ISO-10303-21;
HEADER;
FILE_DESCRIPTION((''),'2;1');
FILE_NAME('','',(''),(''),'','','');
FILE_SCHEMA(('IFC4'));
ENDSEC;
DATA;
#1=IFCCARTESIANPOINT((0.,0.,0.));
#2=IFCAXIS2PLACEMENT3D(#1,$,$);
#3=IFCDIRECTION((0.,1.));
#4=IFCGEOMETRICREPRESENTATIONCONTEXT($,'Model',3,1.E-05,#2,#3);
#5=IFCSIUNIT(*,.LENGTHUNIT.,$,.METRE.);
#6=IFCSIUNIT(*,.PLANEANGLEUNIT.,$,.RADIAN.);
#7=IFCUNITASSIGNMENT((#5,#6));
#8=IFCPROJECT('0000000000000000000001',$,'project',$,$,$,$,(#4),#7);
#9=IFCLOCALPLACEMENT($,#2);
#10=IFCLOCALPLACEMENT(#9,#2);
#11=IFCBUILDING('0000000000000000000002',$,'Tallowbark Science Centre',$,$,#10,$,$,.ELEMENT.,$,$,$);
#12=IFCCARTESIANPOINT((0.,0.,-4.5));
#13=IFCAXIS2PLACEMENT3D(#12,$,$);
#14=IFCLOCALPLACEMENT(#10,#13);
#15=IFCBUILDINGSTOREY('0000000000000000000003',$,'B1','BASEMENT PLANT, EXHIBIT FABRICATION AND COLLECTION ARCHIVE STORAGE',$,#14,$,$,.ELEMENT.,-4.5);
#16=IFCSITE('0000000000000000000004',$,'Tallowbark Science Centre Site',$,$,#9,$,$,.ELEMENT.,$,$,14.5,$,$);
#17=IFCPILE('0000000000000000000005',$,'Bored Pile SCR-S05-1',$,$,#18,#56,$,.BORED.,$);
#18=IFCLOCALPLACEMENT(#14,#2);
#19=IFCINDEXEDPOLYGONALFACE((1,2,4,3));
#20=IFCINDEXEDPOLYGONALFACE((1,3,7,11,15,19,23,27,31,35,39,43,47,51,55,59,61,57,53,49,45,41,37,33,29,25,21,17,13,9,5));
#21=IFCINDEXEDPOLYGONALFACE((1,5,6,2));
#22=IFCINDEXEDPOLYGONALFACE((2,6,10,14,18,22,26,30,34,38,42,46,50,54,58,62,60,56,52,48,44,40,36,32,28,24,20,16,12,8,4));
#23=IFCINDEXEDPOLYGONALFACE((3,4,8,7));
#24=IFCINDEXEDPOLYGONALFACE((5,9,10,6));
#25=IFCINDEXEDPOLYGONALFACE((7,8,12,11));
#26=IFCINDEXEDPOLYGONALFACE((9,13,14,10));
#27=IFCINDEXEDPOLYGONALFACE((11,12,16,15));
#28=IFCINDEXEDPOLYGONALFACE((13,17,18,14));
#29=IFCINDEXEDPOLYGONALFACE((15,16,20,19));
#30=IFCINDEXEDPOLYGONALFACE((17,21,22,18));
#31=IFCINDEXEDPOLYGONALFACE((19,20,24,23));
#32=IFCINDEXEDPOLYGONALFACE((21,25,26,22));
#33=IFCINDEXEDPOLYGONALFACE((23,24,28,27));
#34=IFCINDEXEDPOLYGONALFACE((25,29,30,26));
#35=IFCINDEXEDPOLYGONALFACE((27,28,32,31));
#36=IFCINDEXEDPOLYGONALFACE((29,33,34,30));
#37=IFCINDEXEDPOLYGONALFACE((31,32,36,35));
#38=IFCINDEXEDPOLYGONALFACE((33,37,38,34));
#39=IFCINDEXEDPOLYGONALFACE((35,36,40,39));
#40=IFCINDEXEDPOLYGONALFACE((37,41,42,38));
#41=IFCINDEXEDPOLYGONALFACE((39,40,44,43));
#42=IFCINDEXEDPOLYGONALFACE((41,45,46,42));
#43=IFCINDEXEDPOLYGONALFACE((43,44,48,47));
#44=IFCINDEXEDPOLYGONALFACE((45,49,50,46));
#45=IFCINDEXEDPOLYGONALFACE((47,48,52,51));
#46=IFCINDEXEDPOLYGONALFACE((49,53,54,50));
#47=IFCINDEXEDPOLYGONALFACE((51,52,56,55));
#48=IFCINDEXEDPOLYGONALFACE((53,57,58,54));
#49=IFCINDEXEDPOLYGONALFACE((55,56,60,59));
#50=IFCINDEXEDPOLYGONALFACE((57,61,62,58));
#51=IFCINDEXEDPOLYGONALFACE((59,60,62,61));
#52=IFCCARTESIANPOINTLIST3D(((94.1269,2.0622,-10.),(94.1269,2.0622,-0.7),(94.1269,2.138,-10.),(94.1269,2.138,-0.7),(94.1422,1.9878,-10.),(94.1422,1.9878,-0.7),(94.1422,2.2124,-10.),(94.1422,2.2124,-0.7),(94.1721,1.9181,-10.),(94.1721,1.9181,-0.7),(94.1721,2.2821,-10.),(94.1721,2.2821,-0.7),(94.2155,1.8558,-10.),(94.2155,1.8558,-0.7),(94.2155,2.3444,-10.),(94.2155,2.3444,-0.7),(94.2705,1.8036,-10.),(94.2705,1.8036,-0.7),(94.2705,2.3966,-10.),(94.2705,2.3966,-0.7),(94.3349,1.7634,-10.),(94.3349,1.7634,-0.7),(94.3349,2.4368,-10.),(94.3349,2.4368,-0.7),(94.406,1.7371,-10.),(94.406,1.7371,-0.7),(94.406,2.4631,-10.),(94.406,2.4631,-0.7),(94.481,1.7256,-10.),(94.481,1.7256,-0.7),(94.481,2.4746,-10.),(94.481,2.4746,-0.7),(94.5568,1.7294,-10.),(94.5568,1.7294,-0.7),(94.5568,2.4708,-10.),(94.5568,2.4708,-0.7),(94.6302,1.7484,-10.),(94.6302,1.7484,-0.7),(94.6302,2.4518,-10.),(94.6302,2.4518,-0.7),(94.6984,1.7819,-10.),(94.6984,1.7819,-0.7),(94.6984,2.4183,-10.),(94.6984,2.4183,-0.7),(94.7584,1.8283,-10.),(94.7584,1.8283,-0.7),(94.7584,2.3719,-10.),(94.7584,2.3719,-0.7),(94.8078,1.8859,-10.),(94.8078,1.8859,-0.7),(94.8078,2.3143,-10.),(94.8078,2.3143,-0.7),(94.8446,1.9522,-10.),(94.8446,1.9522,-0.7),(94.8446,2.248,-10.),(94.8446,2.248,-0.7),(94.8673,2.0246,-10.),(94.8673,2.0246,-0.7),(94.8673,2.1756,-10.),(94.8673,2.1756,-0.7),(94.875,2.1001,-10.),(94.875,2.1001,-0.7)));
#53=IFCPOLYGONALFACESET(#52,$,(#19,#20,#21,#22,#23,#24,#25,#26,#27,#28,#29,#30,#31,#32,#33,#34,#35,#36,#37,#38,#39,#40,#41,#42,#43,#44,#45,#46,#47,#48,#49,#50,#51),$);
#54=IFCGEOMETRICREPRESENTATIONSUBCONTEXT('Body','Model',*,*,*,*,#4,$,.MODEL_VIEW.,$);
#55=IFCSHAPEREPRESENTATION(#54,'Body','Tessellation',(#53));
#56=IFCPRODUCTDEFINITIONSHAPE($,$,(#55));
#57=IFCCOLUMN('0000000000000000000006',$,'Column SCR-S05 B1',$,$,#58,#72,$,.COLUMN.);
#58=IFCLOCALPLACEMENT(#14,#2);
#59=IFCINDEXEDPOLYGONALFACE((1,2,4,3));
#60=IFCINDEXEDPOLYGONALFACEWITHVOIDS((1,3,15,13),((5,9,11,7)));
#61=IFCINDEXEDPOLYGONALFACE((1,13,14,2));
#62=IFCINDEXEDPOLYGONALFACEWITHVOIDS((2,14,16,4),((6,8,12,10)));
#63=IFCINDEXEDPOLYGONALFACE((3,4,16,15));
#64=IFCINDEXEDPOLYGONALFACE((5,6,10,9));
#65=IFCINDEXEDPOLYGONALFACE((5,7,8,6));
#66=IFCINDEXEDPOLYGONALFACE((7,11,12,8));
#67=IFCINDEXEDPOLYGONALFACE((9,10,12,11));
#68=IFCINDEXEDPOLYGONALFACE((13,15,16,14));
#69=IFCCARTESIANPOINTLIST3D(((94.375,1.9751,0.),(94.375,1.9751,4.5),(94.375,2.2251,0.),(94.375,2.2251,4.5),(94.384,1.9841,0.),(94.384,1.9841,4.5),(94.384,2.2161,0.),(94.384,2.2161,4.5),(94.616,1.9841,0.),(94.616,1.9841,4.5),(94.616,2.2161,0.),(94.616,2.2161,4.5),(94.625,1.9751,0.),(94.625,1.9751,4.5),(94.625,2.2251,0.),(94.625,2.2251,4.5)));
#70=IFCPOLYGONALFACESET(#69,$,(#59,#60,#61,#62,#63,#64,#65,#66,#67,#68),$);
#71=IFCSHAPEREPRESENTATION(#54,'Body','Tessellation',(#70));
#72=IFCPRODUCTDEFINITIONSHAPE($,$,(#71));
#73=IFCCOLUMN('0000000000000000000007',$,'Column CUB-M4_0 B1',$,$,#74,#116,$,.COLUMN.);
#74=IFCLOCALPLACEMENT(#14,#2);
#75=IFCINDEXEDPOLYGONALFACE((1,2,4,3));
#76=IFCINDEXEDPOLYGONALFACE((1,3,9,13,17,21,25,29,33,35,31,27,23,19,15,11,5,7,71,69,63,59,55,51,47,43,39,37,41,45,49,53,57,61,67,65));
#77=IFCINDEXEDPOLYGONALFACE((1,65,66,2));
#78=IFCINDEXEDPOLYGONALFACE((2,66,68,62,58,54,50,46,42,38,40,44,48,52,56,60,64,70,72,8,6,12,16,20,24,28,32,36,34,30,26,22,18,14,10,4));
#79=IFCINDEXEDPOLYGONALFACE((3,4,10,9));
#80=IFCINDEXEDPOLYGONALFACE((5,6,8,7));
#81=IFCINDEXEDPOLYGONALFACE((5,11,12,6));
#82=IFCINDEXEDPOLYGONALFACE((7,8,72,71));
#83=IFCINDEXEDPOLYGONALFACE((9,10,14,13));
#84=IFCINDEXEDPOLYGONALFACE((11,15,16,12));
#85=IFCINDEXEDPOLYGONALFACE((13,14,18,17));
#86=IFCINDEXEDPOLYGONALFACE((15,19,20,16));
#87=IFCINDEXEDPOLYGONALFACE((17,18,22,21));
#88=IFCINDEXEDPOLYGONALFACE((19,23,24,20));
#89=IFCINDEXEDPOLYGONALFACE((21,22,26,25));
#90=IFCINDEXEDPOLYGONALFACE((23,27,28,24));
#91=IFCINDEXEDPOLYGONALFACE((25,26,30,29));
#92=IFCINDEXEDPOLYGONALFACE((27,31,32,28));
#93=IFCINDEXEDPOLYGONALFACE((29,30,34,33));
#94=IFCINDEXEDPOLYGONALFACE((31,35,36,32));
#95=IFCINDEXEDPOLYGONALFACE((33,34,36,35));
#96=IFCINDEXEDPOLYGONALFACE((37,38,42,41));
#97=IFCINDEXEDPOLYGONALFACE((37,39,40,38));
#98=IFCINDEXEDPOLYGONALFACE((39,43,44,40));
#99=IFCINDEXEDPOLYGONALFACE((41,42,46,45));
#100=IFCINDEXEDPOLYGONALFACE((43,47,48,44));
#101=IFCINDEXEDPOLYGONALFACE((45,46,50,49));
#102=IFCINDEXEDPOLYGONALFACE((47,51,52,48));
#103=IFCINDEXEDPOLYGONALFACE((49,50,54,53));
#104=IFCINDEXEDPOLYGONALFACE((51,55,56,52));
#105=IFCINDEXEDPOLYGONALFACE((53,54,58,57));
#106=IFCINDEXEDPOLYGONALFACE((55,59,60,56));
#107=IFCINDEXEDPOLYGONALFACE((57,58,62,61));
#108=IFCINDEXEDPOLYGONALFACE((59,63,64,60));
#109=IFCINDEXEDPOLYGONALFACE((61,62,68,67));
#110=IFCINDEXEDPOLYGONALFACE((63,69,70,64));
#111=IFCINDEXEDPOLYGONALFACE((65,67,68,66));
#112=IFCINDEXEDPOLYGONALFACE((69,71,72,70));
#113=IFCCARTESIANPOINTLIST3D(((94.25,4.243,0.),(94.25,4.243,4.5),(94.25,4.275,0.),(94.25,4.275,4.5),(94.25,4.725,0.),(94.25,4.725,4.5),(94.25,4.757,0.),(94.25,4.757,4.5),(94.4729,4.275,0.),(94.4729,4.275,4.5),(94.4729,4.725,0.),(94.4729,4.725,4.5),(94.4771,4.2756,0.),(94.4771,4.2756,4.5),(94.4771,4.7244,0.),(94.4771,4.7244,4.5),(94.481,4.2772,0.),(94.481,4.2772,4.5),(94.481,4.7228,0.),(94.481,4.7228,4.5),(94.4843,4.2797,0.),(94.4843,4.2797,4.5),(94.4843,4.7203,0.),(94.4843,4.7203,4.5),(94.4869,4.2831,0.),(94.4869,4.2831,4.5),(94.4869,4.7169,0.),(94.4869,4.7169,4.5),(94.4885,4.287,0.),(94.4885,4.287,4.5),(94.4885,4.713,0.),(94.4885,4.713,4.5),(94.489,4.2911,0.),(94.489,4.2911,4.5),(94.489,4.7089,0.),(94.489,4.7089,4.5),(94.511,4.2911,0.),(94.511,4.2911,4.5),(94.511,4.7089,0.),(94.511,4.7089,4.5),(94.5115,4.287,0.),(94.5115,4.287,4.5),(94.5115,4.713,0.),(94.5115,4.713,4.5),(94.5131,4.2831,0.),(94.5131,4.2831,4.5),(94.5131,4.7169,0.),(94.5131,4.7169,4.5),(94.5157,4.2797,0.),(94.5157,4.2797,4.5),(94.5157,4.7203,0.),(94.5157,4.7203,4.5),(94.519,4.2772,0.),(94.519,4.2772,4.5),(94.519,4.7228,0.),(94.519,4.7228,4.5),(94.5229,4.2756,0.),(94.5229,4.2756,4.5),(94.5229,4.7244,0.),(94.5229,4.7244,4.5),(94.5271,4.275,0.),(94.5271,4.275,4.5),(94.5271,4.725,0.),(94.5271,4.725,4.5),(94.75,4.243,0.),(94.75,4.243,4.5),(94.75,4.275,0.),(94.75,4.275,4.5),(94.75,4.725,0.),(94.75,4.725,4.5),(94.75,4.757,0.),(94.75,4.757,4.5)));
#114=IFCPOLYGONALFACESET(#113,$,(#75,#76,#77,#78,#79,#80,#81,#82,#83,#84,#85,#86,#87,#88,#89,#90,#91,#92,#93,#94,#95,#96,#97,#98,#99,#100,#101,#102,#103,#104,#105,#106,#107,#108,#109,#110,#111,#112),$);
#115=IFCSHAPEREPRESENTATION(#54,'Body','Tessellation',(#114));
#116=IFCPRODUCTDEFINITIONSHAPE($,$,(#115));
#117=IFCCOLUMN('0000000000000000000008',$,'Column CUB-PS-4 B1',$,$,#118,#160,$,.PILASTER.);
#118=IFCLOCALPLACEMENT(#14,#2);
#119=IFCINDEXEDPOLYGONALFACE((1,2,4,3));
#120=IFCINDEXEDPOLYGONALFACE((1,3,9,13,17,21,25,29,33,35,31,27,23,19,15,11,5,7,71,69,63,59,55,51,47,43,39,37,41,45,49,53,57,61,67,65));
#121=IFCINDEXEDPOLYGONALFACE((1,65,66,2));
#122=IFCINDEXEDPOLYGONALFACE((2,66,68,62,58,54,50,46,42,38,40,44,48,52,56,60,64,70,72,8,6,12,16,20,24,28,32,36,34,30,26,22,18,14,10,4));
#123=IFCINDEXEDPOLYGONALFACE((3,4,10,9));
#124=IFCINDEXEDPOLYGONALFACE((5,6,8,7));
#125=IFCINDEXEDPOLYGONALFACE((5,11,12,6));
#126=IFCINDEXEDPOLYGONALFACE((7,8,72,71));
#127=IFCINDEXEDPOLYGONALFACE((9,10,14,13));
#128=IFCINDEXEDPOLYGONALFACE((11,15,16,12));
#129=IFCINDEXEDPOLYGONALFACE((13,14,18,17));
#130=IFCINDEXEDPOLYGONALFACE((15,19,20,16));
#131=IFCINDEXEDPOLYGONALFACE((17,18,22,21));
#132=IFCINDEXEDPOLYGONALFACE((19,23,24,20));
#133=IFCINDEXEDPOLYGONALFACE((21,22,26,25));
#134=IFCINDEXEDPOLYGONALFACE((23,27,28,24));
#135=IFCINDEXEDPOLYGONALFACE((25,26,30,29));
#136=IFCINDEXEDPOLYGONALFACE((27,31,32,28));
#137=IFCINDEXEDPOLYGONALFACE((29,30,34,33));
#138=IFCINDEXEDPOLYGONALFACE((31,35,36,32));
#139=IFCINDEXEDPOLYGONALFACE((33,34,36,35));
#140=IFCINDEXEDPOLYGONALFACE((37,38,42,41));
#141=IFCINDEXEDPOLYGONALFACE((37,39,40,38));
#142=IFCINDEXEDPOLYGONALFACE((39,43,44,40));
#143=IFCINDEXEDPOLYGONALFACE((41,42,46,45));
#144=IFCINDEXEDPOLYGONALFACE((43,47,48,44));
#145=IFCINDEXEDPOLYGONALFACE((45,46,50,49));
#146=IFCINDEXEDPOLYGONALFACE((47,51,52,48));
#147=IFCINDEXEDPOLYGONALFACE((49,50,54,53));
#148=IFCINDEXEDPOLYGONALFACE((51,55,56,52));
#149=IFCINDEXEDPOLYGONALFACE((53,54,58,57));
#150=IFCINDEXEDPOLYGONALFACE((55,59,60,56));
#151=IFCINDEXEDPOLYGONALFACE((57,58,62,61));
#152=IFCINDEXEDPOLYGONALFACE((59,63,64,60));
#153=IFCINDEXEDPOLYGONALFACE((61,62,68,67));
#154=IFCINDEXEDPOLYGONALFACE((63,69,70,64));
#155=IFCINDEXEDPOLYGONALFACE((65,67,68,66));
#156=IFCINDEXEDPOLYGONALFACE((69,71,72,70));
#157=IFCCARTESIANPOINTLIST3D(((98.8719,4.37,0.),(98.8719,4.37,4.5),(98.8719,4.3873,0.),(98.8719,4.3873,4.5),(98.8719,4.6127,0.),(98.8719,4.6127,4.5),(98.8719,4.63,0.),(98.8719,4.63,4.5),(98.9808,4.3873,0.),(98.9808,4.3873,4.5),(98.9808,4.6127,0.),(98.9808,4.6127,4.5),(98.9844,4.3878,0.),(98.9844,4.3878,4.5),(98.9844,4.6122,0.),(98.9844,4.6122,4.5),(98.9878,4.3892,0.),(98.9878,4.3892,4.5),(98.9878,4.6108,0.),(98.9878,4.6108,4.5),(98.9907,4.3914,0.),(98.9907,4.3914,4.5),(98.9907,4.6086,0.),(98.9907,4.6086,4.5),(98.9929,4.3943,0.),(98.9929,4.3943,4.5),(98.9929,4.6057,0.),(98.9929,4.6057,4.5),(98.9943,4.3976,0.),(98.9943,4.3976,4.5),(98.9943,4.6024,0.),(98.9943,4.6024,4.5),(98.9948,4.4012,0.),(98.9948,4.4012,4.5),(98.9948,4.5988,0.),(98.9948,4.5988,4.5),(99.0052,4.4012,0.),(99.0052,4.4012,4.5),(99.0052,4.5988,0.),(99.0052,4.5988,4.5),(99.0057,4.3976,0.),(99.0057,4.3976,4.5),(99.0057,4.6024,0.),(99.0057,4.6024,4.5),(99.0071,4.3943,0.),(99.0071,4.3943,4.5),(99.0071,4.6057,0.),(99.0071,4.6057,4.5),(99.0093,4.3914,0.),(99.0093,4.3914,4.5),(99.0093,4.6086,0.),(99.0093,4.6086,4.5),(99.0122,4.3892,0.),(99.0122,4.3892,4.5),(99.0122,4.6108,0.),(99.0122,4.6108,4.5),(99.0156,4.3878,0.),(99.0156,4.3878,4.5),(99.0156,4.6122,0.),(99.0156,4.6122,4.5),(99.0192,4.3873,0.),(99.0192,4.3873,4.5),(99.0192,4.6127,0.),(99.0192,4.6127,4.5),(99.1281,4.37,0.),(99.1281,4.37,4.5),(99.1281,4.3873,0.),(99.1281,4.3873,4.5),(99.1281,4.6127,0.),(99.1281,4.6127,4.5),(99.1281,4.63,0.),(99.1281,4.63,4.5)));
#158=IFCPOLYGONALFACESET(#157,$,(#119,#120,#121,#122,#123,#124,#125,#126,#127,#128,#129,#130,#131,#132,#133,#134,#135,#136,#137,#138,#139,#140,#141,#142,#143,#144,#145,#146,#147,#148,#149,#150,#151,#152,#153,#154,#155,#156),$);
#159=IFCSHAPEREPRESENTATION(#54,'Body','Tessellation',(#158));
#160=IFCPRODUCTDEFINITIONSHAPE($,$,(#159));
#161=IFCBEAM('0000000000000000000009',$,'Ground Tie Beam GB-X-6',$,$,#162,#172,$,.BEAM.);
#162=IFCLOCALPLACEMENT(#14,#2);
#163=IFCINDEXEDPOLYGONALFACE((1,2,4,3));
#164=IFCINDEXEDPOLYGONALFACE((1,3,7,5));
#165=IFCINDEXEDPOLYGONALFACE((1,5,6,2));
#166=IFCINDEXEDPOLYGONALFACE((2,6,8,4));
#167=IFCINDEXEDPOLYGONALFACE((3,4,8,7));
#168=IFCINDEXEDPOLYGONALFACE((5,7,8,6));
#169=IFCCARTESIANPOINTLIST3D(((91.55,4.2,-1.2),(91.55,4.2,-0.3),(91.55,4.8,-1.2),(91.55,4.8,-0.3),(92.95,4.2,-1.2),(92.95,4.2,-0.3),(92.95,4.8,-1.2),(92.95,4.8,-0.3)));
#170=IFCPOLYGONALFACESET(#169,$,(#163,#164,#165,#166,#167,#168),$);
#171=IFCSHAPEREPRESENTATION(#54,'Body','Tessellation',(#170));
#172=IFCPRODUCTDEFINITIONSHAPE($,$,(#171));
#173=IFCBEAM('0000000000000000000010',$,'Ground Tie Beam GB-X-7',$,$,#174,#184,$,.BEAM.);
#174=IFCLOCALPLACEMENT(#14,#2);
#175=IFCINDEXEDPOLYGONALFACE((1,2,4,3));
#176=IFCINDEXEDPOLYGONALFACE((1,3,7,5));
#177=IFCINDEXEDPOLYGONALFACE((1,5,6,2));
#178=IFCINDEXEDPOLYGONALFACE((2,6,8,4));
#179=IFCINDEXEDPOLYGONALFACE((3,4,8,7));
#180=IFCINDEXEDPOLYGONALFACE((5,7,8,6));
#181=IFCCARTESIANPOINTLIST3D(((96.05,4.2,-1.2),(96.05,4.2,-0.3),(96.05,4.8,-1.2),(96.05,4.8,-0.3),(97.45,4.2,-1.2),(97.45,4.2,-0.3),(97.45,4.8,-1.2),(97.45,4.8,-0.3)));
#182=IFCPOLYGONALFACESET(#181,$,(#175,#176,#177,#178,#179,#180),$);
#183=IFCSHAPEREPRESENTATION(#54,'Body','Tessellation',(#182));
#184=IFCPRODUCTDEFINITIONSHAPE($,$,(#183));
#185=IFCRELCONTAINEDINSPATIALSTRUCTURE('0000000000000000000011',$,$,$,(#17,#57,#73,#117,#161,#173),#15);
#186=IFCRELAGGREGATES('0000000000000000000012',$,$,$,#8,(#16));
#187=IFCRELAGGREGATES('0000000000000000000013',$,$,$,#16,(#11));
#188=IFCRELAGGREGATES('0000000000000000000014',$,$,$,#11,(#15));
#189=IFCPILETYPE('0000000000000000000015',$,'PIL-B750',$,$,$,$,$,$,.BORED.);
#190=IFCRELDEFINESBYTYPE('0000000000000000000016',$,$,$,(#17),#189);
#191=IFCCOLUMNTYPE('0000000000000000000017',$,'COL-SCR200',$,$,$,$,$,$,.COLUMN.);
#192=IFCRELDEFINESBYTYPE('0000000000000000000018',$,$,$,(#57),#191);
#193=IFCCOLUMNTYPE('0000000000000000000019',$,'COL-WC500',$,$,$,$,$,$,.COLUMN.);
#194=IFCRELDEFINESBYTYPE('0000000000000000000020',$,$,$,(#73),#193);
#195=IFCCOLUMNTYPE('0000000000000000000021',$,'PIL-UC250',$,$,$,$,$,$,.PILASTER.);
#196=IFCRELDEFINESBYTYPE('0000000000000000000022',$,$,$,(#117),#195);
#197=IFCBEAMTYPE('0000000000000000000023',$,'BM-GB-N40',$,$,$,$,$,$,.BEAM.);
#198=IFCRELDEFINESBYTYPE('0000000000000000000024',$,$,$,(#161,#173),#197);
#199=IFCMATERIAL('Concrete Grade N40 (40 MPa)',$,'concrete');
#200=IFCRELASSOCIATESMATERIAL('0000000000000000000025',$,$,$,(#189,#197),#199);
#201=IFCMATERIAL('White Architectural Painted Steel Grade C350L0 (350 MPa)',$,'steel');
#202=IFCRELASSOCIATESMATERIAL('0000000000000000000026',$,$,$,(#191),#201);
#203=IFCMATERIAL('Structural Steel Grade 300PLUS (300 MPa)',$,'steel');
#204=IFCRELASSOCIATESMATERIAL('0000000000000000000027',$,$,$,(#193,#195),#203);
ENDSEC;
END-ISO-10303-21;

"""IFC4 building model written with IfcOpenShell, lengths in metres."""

from ifc_helpers import new_model, si_unit, direction, frame, origin, origin_2d, place, context, subcontext, project, spatial, rectangle, hollow_rectangle, circle, i_section, extrude, material, material_profile, profile_set, type_object, element, save


model = new_model("IFC4")

# Units and contexts
model_context = context("Model", 3, precision=1e-05, world=origin(), true_north=direction((0.0, 1.0)))
body_context = subcontext(model_context, "Body", "Model", "MODEL_VIEW")
ifc_project = project(units=[si_unit("LENGTHUNIT", "METRE"), si_unit("PLANEANGLEUNIT", "RADIAN")], contexts=[model_context])

# Site, building, storey
site_placement = place(None, origin())
site = spatial("IfcSite", under=ifc_project, at=site_placement, Name="Tallowbark Science Centre Site", CompositionType="ELEMENT", RefElevation=14.5)
building_placement = place(site_placement, origin())
building = spatial("IfcBuilding", under=site, at=building_placement, Name="Tallowbark Science Centre", CompositionType="ELEMENT")
storey_placement = place(building_placement, frame((0.0, 0.0, -4.5)))
storey = spatial("IfcBuildingStorey", under=building, at=storey_placement, Name="B1", Description="BASEMENT PLANT, EXHIBIT FABRICATION AND COLLECTION ARCHIVE STORAGE", CompositionType="ELEMENT", Elevation=-4.5)

# Shared definitions
ifc_material_1 = material(Name="Concrete Grade N40 (40 MPa)", Category="concrete")

# Pile
ifc_material_profile_1 = material_profile(ifc_material_1, circle(Radius=0.375, at=origin_2d()), Name="PILE750")
ifc_profile_set_1 = profile_set([ifc_material_profile_1], Name="Concrete Grade N40 (40 MPa)")
pile_type = type_object("IfcPileType", Name="PIL-B750", PredefinedType="BORED", material=ifc_profile_set_1)
pile_placement = place(storey_placement, frame((94.5, 2.1001, -0.7), z_axis=(0.0, 0.0, -1.0), x_axis=(1.0, 0.0, 0.0)))
element("IfcPile", 1, at=pile_placement, inside=storey, type_object=pile_type, Name="Bored Pile SCR-S05-1", PredefinedType="BORED", context=body_context, shape_type="SweptSolid", body=[
    extrude(circle(Radius=0.375, at=origin_2d()), origin(), (0.0, 0.0, 1.0), 9.3),
])

# Columns
ifc_material_2 = material(Name="White Architectural Painted Steel Grade C350L0 (350 MPa)", Category="steel")
ifc_material_profile_2 = material_profile(ifc_material_2, hollow_rectangle(XDim=0.25, YDim=0.25, WallThickness=0.009, at=origin_2d()), Name="250x250x9.0SHS")
ifc_profile_set_2 = profile_set([ifc_material_profile_2], Name="White Architectural Painted Steel Grade C350L0 (350 MPa)")
column_type_1 = type_object("IfcColumnType", Name="COL-SCR200", PredefinedType="COLUMN", material=ifc_profile_set_2)
column_1_placement = place(storey_placement, frame((94.5, 2.1001, 0.0), z_axis=(0.0, 0.0, 1.0), x_axis=(1.0, 0.0, 0.0)))
element("IfcColumn", 2, at=column_1_placement, inside=storey, type_object=column_type_1, Name="Column SCR-S05 B1", PredefinedType="COLUMN", context=body_context, shape_type="SweptSolid", body=[
    extrude(hollow_rectangle(XDim=0.25, YDim=0.25, WallThickness=0.009, at=origin_2d()), origin(), (0.0, 0.0, 1.0), 4.5),
])
ifc_material_3 = material(Name="Structural Steel Grade 300PLUS (300 MPa)", Category="steel")
ifc_material_profile_3 = material_profile(ifc_material_3, i_section(OverallWidth=0.5, OverallDepth=0.5139, WebThickness=0.022, FlangeThickness=0.032, FilletRadius=0.0161, at=origin_2d()), Name="500WC340")
ifc_profile_set_3 = profile_set([ifc_material_profile_3], Name="Structural Steel Grade 300PLUS (300 MPa)")
column_type_2 = type_object("IfcColumnType", Name="COL-WC500", PredefinedType="COLUMN", material=ifc_profile_set_3)
column_2_placement = place(storey_placement, frame((94.5, 4.5, 0.0), z_axis=(0.0, 0.0, 1.0), x_axis=(1.0, 0.0, 0.0)))
element("IfcColumn", 3, at=column_2_placement, inside=storey, type_object=column_type_2, Name="Column CUB-M4_0 B1", PredefinedType="COLUMN", context=body_context, shape_type="SweptSolid", body=[
    extrude(i_section(OverallWidth=0.5, OverallDepth=0.5139, WebThickness=0.022, FlangeThickness=0.032, FilletRadius=0.0161, at=origin_2d()), origin(), (0.0, 0.0, 1.0), 4.5),
])
ifc_material_profile_4 = material_profile(ifc_material_3, i_section(OverallWidth=0.2561, OverallDepth=0.26, WebThickness=0.0105, FlangeThickness=0.0173, FilletRadius=0.0139, at=origin_2d()), Name="250UC89.5")
ifc_profile_set_4 = profile_set([ifc_material_profile_4], Name="Structural Steel Grade 300PLUS (300 MPa)")
column_type_3 = type_object("IfcColumnType", Name="PIL-UC250", PredefinedType="PILASTER", material=ifc_profile_set_4)
column_3_placement = place(storey_placement, frame((99.0, 4.5, 0.0), z_axis=(0.0, 0.0, 1.0), x_axis=(1.0, 0.0, 0.0)))
element("IfcColumn", 4, at=column_3_placement, inside=storey, type_object=column_type_3, Name="Column CUB-PS-4 B1", PredefinedType="PILASTER", context=body_context, shape_type="SweptSolid", body=[
    extrude(i_section(OverallWidth=0.2561, OverallDepth=0.26, WebThickness=0.0105, FlangeThickness=0.0173, FilletRadius=0.0139, at=origin_2d()), origin(), (0.0, 0.0, 1.0), 4.5),
])

# Beams
ifc_material_profile_5 = material_profile(ifc_material_1, rectangle(XDim=0.6001, YDim=0.8999, at=origin_2d()), Name="RC600x900")
ifc_profile_set_5 = profile_set([ifc_material_profile_5], Name="Concrete Grade N40 (40 MPa)")
beam_type = type_object("IfcBeamType", Name="BM-GB-N40", PredefinedType="BEAM", material=ifc_profile_set_5)
for number, where, z_axis, x_axis, name in (
    (5, (91.55, 4.5, -0.75), (1.0, 0.0, 0.0), (0.0, 1.0, 0.0), "Ground Tie Beam GB-X-6"),
    (6, (96.05, 4.5, -0.75), (1.0, 0.0, 0.0), (0.0, 1.0, 0.0), "Ground Tie Beam GB-X-7"),
):
    element("IfcBeam", number, at=place(storey_placement, frame(where, z_axis=z_axis, x_axis=x_axis)), inside=storey, type_object=beam_type, Name=name, PredefinedType="BEAM", context=body_context, shape_type="SweptSolid", body=[
        extrude(rectangle(XDim=0.6001, YDim=0.8999, at=origin_2d()), origin(), (0.0, 0.0, 1.0), 1.3999),
    ])

save(model, "model.ifc")
